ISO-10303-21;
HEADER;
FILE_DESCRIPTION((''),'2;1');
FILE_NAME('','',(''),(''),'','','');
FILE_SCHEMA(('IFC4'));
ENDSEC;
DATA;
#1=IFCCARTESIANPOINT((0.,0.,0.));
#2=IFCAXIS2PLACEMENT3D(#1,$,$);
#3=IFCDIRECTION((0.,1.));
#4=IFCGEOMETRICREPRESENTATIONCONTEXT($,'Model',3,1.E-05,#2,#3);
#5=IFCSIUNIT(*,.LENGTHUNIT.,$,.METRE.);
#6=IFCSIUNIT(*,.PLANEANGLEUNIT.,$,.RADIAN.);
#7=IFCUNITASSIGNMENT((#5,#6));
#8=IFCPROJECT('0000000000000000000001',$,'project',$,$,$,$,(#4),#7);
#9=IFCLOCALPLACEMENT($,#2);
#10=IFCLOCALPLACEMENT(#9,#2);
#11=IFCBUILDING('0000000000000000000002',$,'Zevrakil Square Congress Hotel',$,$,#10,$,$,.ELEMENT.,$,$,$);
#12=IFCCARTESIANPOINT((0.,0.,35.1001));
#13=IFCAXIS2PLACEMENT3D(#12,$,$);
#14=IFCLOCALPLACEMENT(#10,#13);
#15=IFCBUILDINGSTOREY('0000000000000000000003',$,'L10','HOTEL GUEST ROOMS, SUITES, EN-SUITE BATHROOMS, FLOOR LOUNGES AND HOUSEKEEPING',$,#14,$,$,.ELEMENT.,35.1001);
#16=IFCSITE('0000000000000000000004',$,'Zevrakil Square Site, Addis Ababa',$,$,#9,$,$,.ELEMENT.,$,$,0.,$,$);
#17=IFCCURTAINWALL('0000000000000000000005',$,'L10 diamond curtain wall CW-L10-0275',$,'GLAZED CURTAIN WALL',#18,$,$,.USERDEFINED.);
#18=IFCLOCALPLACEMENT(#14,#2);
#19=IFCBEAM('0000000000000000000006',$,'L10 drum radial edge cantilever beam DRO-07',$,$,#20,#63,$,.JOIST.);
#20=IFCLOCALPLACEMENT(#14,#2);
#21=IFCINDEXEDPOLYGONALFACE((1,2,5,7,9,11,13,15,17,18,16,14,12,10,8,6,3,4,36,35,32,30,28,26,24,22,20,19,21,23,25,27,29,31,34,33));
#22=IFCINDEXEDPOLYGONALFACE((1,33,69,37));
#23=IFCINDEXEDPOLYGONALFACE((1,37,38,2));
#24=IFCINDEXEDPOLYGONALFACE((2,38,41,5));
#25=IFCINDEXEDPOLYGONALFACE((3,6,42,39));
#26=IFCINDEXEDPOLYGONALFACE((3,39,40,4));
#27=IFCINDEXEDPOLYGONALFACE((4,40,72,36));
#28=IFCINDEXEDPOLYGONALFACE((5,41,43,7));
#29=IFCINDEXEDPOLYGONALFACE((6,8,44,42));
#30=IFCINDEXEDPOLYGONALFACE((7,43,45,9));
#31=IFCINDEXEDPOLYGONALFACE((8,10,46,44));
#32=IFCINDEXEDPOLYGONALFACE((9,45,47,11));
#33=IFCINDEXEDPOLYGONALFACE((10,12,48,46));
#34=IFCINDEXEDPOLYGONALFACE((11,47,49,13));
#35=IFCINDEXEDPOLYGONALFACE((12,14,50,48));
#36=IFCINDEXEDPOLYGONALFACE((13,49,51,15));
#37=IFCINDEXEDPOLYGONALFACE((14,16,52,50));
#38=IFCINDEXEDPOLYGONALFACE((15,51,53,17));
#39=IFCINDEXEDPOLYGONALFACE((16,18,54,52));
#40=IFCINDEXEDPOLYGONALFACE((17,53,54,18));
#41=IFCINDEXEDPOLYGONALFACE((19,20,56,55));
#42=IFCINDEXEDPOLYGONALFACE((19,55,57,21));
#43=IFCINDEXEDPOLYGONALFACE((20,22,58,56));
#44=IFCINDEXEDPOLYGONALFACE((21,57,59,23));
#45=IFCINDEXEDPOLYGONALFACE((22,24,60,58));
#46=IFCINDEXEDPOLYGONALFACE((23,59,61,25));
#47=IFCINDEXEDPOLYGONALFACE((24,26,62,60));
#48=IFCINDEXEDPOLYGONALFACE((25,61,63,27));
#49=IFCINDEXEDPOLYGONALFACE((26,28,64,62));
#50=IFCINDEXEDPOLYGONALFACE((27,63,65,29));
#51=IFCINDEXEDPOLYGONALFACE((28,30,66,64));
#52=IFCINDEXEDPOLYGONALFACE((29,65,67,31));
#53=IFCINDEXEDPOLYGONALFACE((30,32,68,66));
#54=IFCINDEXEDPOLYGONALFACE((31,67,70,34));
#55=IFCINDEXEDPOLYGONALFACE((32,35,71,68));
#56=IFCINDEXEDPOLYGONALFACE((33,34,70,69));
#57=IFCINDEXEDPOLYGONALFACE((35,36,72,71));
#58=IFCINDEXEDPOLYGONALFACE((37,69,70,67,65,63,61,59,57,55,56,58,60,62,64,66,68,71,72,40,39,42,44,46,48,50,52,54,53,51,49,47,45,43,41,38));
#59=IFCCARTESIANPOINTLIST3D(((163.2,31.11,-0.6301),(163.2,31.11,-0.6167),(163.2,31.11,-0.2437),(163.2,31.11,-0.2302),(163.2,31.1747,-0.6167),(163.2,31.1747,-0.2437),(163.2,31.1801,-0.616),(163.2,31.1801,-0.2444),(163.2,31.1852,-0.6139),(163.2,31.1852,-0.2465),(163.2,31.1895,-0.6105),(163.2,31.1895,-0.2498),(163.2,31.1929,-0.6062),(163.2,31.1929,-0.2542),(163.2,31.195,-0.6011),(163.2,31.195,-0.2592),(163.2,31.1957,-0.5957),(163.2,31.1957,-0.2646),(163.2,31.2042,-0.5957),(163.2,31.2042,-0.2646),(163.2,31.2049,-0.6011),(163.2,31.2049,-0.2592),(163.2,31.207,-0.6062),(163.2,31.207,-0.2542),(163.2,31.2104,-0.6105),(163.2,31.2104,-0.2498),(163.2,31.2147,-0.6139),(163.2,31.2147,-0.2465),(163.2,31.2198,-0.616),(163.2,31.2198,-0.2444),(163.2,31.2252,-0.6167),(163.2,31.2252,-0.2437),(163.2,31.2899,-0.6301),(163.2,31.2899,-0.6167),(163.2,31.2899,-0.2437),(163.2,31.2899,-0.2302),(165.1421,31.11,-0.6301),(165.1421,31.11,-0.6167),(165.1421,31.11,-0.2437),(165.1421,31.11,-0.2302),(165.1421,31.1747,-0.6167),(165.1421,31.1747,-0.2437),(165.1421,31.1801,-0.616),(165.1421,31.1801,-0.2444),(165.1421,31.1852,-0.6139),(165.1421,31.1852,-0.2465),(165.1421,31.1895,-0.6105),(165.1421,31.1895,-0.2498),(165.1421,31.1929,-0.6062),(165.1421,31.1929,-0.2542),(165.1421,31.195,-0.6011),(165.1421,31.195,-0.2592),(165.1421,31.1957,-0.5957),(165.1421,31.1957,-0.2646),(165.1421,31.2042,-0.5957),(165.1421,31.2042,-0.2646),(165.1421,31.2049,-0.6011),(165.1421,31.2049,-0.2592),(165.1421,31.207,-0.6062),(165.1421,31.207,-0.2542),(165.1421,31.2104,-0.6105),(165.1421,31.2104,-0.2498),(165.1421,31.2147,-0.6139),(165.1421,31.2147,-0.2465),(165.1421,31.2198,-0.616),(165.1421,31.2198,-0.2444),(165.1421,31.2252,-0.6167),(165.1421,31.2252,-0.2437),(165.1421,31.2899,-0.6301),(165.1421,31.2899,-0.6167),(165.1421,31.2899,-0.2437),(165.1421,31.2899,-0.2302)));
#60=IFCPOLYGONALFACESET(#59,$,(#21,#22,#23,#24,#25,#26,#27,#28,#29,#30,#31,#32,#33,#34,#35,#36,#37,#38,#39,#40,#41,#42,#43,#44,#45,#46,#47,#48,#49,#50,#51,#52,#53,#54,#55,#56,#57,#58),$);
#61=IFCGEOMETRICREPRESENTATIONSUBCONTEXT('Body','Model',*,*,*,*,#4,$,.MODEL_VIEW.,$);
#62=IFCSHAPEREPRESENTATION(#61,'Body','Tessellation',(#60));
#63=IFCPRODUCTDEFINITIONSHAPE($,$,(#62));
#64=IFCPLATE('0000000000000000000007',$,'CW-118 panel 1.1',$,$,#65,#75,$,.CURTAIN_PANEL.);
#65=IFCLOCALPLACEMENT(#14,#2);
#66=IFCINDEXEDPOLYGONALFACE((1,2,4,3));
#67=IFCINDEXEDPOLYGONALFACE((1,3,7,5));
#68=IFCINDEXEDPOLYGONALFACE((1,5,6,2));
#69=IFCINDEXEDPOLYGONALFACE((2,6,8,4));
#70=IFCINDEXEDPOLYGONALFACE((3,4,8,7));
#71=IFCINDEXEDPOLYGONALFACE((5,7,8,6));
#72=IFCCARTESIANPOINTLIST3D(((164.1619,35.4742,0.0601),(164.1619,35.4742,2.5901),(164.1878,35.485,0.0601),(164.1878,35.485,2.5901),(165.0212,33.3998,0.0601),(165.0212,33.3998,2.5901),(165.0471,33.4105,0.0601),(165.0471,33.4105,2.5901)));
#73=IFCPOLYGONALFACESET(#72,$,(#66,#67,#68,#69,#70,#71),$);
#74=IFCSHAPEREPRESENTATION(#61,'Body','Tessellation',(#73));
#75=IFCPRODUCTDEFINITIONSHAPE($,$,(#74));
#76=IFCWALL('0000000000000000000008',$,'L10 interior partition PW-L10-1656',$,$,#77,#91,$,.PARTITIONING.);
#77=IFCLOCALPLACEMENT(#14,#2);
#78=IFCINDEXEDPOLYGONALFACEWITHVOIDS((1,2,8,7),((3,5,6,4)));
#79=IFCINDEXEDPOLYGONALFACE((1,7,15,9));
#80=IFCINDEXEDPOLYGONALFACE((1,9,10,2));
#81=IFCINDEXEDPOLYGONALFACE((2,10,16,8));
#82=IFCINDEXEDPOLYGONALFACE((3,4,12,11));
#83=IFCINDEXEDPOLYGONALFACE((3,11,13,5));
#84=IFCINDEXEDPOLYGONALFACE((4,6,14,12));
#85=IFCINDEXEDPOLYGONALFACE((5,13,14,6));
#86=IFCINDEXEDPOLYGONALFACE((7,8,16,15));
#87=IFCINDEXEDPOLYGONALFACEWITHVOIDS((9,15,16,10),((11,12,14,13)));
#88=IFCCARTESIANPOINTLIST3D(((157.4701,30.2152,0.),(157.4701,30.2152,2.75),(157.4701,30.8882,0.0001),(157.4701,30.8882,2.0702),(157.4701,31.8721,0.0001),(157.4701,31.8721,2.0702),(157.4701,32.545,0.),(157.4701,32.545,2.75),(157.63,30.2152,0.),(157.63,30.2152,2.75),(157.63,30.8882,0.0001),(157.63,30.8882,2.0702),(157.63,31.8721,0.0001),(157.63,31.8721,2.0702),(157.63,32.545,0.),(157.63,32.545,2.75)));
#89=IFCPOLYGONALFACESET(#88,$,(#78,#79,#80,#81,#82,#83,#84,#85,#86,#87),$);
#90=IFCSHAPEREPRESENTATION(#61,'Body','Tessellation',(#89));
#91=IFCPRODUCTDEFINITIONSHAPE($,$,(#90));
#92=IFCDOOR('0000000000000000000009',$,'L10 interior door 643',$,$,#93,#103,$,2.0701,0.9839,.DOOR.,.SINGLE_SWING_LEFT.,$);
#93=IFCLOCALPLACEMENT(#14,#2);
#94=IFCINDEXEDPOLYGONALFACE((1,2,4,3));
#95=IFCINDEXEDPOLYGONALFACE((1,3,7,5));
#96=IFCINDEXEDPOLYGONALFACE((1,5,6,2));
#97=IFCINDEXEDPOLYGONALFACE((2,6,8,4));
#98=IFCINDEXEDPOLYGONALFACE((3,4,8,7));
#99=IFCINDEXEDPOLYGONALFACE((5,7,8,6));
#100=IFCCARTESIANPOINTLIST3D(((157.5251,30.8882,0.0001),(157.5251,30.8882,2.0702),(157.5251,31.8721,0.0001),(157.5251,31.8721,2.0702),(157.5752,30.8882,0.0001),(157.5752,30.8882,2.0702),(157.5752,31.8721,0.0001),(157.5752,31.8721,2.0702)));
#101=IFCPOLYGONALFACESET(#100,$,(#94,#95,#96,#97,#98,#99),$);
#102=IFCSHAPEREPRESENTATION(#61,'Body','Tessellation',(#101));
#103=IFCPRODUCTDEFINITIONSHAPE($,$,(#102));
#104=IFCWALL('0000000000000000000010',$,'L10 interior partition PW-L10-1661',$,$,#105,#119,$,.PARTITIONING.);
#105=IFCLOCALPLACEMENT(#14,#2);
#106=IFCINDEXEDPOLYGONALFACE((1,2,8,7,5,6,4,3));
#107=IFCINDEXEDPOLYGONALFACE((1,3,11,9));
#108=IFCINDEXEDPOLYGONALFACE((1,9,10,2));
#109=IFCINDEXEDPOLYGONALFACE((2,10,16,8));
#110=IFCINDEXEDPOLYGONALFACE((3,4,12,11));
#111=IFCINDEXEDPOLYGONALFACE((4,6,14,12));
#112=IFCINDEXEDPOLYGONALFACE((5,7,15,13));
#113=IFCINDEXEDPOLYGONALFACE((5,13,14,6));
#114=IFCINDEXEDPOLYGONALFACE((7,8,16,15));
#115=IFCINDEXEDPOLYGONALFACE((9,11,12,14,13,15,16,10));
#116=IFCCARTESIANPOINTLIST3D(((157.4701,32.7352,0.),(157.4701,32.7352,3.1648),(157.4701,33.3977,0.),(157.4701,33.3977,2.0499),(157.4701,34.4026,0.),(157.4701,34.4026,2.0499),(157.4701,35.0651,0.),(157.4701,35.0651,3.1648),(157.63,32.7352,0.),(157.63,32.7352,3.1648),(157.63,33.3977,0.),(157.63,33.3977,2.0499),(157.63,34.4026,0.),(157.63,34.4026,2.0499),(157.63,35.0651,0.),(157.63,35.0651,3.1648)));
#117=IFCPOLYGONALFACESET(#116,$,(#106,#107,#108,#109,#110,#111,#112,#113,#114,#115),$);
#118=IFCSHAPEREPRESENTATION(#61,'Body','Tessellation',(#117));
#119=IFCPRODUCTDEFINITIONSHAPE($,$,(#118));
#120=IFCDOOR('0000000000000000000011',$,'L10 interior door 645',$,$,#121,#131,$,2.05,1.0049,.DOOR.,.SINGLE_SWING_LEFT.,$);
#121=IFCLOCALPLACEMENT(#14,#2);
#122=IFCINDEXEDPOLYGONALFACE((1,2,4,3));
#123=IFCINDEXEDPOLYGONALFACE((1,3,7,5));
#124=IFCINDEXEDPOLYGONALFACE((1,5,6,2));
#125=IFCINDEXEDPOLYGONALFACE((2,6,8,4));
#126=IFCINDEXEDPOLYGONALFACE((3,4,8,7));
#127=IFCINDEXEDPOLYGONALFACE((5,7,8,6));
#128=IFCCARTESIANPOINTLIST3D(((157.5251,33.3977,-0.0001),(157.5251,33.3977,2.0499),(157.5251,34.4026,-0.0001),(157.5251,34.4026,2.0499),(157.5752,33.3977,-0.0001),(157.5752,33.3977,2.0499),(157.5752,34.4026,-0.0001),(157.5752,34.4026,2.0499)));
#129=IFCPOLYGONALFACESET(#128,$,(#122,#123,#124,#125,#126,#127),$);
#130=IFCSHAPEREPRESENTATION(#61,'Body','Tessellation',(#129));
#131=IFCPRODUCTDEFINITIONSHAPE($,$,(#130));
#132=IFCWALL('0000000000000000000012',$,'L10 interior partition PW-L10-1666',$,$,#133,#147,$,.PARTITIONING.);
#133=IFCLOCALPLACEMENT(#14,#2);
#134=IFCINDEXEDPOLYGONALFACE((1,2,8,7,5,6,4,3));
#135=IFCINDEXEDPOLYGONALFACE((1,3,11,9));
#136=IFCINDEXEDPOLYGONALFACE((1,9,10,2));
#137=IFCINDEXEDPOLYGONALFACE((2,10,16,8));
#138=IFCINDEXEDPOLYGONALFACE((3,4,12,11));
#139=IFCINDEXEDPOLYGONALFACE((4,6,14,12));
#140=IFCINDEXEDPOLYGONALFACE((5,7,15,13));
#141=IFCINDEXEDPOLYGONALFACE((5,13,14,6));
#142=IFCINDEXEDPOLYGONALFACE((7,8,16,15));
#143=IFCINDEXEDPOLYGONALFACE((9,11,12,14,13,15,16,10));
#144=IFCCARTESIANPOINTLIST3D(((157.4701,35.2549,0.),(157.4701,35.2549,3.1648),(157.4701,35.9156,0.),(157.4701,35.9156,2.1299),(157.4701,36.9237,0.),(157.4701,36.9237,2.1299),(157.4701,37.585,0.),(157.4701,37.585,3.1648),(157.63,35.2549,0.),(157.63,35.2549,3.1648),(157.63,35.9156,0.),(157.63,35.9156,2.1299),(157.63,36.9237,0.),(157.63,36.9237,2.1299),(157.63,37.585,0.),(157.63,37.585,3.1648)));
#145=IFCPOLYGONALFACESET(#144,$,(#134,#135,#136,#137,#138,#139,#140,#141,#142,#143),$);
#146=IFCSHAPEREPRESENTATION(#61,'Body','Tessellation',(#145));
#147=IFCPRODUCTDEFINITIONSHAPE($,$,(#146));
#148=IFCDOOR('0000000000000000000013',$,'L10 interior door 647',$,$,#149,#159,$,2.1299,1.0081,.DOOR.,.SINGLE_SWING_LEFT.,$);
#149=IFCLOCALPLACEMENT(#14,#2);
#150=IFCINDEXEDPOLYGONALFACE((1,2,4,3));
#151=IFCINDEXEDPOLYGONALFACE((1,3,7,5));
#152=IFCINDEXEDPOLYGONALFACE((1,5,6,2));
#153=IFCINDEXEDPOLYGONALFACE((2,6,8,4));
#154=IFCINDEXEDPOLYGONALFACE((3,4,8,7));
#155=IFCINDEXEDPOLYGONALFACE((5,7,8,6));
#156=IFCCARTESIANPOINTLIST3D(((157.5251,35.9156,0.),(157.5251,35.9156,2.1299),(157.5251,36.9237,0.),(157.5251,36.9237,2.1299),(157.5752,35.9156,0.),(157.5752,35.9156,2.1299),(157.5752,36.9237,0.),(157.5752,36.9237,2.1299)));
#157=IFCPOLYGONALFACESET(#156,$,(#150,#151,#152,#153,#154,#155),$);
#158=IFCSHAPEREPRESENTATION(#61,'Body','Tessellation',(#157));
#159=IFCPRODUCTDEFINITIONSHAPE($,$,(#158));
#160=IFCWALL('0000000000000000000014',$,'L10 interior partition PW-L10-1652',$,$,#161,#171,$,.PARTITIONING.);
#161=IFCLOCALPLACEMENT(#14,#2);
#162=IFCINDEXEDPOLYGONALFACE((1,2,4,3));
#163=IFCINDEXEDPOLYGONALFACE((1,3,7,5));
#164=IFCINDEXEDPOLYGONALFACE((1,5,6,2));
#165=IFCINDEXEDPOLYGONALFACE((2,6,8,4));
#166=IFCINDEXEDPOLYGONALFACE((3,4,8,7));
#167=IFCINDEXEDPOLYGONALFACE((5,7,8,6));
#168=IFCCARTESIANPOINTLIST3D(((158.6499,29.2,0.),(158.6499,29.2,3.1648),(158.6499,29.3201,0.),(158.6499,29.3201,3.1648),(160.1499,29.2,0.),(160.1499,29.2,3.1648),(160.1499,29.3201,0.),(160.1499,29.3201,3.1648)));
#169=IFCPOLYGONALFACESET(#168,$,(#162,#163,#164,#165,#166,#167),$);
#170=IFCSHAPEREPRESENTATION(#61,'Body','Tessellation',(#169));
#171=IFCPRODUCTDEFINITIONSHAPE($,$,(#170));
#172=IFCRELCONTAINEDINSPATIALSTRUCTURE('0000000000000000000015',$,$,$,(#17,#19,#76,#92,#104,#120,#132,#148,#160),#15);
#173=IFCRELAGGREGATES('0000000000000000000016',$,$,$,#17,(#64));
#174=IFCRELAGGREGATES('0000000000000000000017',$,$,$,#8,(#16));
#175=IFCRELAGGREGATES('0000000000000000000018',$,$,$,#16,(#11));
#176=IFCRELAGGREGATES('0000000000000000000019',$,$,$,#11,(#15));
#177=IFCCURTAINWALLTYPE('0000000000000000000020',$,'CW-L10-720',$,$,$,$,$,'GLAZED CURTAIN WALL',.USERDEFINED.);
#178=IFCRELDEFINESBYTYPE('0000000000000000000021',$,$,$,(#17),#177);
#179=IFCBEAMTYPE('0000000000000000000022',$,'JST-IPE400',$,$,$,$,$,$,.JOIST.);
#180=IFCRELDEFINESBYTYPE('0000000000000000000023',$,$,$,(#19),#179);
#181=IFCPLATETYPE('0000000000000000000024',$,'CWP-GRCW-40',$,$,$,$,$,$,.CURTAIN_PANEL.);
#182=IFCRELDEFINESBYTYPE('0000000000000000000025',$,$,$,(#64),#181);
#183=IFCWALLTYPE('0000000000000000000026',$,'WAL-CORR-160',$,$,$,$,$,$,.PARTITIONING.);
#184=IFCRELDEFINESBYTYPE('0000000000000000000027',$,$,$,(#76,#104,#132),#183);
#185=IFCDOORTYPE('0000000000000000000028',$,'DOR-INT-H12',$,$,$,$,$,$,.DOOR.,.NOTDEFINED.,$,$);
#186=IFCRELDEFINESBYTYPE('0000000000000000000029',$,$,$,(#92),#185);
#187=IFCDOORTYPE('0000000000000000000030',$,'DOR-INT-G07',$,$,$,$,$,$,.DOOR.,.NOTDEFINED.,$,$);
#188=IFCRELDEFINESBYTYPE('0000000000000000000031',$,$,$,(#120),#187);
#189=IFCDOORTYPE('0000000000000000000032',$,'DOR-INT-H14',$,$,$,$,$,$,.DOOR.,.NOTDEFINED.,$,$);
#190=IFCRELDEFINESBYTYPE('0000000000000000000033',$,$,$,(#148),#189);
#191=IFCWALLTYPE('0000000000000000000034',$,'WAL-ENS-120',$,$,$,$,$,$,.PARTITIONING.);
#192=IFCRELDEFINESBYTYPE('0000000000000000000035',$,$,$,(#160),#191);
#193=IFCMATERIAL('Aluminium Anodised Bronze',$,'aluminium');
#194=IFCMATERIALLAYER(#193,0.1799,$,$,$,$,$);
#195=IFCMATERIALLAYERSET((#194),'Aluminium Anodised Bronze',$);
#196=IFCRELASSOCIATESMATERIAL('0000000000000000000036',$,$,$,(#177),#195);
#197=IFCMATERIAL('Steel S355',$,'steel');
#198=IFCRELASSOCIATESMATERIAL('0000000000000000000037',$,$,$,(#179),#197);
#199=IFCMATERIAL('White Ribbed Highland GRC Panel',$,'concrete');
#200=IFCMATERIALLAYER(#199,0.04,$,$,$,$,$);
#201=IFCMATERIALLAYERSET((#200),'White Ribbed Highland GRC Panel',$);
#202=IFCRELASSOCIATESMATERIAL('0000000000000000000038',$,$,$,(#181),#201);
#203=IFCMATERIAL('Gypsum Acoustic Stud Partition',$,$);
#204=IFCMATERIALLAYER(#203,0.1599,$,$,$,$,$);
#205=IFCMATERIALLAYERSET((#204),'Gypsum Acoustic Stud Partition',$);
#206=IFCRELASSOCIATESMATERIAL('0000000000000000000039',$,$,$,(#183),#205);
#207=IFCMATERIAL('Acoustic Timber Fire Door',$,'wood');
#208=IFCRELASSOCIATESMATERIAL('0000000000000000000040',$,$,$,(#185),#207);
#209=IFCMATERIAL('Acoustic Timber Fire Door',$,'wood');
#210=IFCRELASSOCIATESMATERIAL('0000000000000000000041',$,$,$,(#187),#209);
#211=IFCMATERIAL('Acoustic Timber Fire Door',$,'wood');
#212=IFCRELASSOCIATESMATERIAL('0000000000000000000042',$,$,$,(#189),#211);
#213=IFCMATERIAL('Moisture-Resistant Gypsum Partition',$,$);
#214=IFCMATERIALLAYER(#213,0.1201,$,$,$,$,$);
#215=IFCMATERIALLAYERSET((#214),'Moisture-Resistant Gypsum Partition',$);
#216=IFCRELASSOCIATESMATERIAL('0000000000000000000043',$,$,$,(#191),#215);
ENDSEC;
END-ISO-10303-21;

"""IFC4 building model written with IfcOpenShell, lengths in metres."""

from ifc_helpers import new_model, si_unit, direction, frame, frame_2d, origin, origin_2d, place, context, subcontext, project, spatial, rectangle, i_section, extrude, material, layer, layer_set, material_profile, profile_set, type_object, element, fill, aggregate, save


model = new_model("IFC4")

# Units and contexts
model_context = context("Model", 3, precision=1e-05, world=origin(), true_north=direction((0.0, 1.0)))
body_context = subcontext(model_context, "Body", "Model", "MODEL_VIEW")
ifc_project = project(units=[si_unit("LENGTHUNIT", "METRE"), si_unit("PLANEANGLEUNIT", "RADIAN")], contexts=[model_context])

# Site, building, storey
site_placement = place(None, origin())
site = spatial("IfcSite", under=ifc_project, at=site_placement, Name="Zevrakil Square Site, Addis Ababa", CompositionType="ELEMENT", RefElevation=0.0)
building_placement = place(site_placement, origin())
building = spatial("IfcBuilding", under=site, at=building_placement, Name="Zevrakil Square Congress Hotel", CompositionType="ELEMENT")
storey_placement = place(building_placement, frame((0.0, 0.0, 35.1001)))
storey = spatial("IfcBuildingStorey", under=building, at=storey_placement, Name="L10", Description="HOTEL GUEST ROOMS, SUITES, EN-SUITE BATHROOMS, FLOOR LOUNGES AND HOUSEKEEPING", CompositionType="ELEMENT", Elevation=35.1001)

# Curtain wall
ifc_material_1 = material(Name="Aluminium Anodised Bronze", Category="aluminium")
ifc_layer_1 = layer(ifc_material_1, 0.1799)
ifc_layer_set_1 = layer_set([ifc_layer_1], Name="Aluminium Anodised Bronze")
curtain_wall_type = type_object("IfcCurtainWallType", Name="CW-L10-720", ElementType="GLAZED CURTAIN WALL", PredefinedType="USERDEFINED", material=ifc_layer_set_1)
curtain_wall_placement = place(storey_placement, origin())
curtain_wall = element("IfcCurtainWall", 1, at=curtain_wall_placement, inside=storey, type_object=curtain_wall_type, Name="L10 diamond curtain wall CW-L10-0275", ObjectType="GLAZED CURTAIN WALL", PredefinedType="USERDEFINED")

# Beam
ifc_material_2 = material(Name="Steel S355", Category="steel")
ifc_material_profile_1 = material_profile(ifc_material_2, i_section(OverallWidth=0.1799, OverallDepth=0.3999, WebThickness=0.0085, FlangeThickness=0.0134, FilletRadius=0.021, at=origin_2d()), Name="IPE 400")
ifc_profile_set_1 = profile_set([ifc_material_profile_1], Name="Steel S355")
beam_type_1 = type_object("IfcBeamType", Name="JST-IPE400", PredefinedType="JOIST", material=ifc_profile_set_1)
beam_1_placement = place(storey_placement, frame((163.2, 31.2, -0.4302), z_axis=(1.0, 0.0, 0.0), x_axis=(0.0, 1.0, 0.0)))
element("IfcBeam", 2, at=beam_1_placement, inside=storey, type_object=beam_type_1, Name="L10 drum radial edge cantilever beam DRO-07", PredefinedType="JOIST", context=body_context, shape_type="SweptSolid", body=[
    extrude(i_section(OverallWidth=0.1799, OverallDepth=0.3999, WebThickness=0.0085, FlangeThickness=0.0134, FilletRadius=0.021, at=origin_2d()), origin(), (0.0, 0.0, 1.0), 1.9421),
])

# Plate
ifc_material_3 = material(Name="White Ribbed Highland GRC Panel", Category="concrete")
ifc_layer_2 = layer(ifc_material_3, 0.04)
ifc_layer_set_2 = layer_set([ifc_layer_2], Name="White Ribbed Highland GRC Panel")
plate_type = type_object("IfcPlateType", Name="CWP-GRCW-40", PredefinedType="CURTAIN_PANEL", material=ifc_layer_set_2)
plate_placement = place(storey_placement, frame((164.6045, 34.4424, 0.0601), z_axis=(0.0, 0.0, 1.0), x_axis=(-0.382684, 0.923879, 0.0)))
plate = element("IfcPlate", 3, at=plate_placement, type_object=plate_type, Name="CW-118 panel 1.1", PredefinedType="CURTAIN_PANEL", context=body_context, shape_type="SweptSolid", body=[
    extrude(rectangle(XDim=2.2454, YDim=0.0281, at=origin_2d()), origin(), (0.0, 0.0, 1.0), 2.53),
])
aggregate(curtain_wall, [plate])

# Walls, openings, doors
ifc_material_4 = material(Name="Gypsum Acoustic Stud Partition")
ifc_layer_3 = layer(ifc_material_4, 0.1599)
ifc_layer_set_3 = layer_set([ifc_layer_3], Name="Gypsum Acoustic Stud Partition")
wall_type_1 = type_object("IfcWallType", Name="WAL-CORR-160", PredefinedType="PARTITIONING", material=ifc_layer_set_3)
wall_1_placement = place(storey_placement, frame((157.55, 30.2151, 0.0), z_axis=(0.0, 0.0, 1.0), x_axis=(0.0, 1.0, 0.0)))
wall_1 = element("IfcWall", 4, at=wall_1_placement, inside=storey, type_object=wall_type_1, Name="L10 interior partition PW-L10-1656", PredefinedType="PARTITIONING", context=body_context, shape_type="SweptSolid", body=[
    extrude(rectangle(XDim=2.3298, YDim=0.1599, at=frame_2d((1.165, 0.0))), origin(), (0.0, 0.0, 1.0), 2.75),
])
opening_1_placement = place(wall_1_placement, frame((0.6731, 0.0, 0.0)))
opening_1 = element("IfcOpeningElement", 5, at=opening_1_placement, cuts=wall_1, PredefinedType="OPENING", context=body_context, shape_type="SweptSolid", body=[
    extrude(rectangle(XDim=0.9839, YDim=2.0701, at=frame_2d((0.4919, 1.0352))), frame((0.0, 0.0898, 0.0), z_axis=(0.0, -1.0, 0.0), x_axis=(1.0, 0.0, 0.0)), (0.0, 0.0, 1.0), 0.1799),
])
ifc_material_5 = material(Name="Acoustic Timber Fire Door", Category="wood")
door_type_1 = type_object("IfcDoorType", Name="DOR-INT-H12", OperationType="NOTDEFINED", PredefinedType="DOOR", material=ifc_material_5)
door_1_placement = place(opening_1_placement, origin())
door_1 = element("IfcDoor", 6, at=door_1_placement, inside=storey, type_object=door_type_1, Name="L10 interior door 643", OperationType="SINGLE_SWING_LEFT", OverallHeight=2.0701, OverallWidth=0.9839, PredefinedType="DOOR", context=body_context, shape_type="SweptSolid", body=[
    extrude(rectangle(XDim=0.9839, YDim=2.0701, at=frame_2d((0.4919, 1.0352))), frame((0.0, 0.0249, 0.0), z_axis=(0.0, -1.0, 0.0), x_axis=(1.0, 0.0, 0.0)), (0.0, 0.0, 1.0), 0.05),
])
fill(opening_1, door_1)
wall_2_placement = place(storey_placement, frame((157.55, 32.7351, 0.0), z_axis=(0.0, 0.0, 1.0), x_axis=(0.0, 1.0, 0.0)))
wall_2 = element("IfcWall", 7, at=wall_2_placement, inside=storey, type_object=wall_type_1, Name="L10 interior partition PW-L10-1661", PredefinedType="PARTITIONING", context=body_context, shape_type="SweptSolid", body=[
    extrude(rectangle(XDim=2.3298, YDim=0.1599, at=frame_2d((1.165, 0.0))), origin(), (0.0, 0.0, 1.0), 3.1648),
])
opening_2_placement = place(wall_2_placement, frame((0.6626, 0.0, 0.0)))
opening_2 = element("IfcOpeningElement", 8, at=opening_2_placement, cuts=wall_2, PredefinedType="OPENING", context=body_context, shape_type="SweptSolid", body=[
    extrude(rectangle(XDim=1.0049, YDim=2.05, at=frame_2d((0.5024, 1.0249))), frame((0.0, 0.0898, 0.0), z_axis=(0.0, -1.0, 0.0), x_axis=(1.0, 0.0, 0.0)), (0.0, 0.0, 1.0), 0.1799),
])
ifc_material_6 = material(Name="Acoustic Timber Fire Door", Category="wood")
door_type_2 = type_object("IfcDoorType", Name="DOR-INT-G07", OperationType="NOTDEFINED", PredefinedType="DOOR", material=ifc_material_6)
door_2_placement = place(opening_2_placement, origin())
door_2 = element("IfcDoor", 9, at=door_2_placement, inside=storey, type_object=door_type_2, Name="L10 interior door 645", OperationType="SINGLE_SWING_LEFT", OverallHeight=2.05, OverallWidth=1.0049, PredefinedType="DOOR", context=body_context, shape_type="SweptSolid", body=[
    extrude(rectangle(XDim=1.0049, YDim=2.05, at=frame_2d((0.5024, 1.0249))), frame((0.0, 0.0249, 0.0), z_axis=(0.0, -1.0, 0.0), x_axis=(1.0, 0.0, 0.0)), (0.0, 0.0, 1.0), 0.05),
])
fill(opening_2, door_2)
wall_3_placement = place(storey_placement, frame((157.55, 35.2549, 0.0), z_axis=(0.0, 0.0, 1.0), x_axis=(0.0, 1.0, 0.0)))
wall_3 = element("IfcWall", 10, at=wall_3_placement, inside=storey, type_object=wall_type_1, Name="L10 interior partition PW-L10-1666", PredefinedType="PARTITIONING", context=body_context, shape_type="SweptSolid", body=[
    extrude(rectangle(XDim=2.3301, YDim=0.1599, at=frame_2d((1.165, 0.0))), origin(), (0.0, 0.0, 1.0), 3.1648),
])
opening_3_placement = place(wall_3_placement, frame((0.6609, 0.0, 0.0)))
opening_3 = element("IfcOpeningElement", 11, at=opening_3_placement, cuts=wall_3, PredefinedType="OPENING", context=body_context, shape_type="SweptSolid", body=[
    extrude(rectangle(XDim=1.0081, YDim=2.1299, at=frame_2d((0.5039, 1.0649))), frame((0.0, 0.0898, 0.0), z_axis=(0.0, -1.0, 0.0), x_axis=(1.0, 0.0, 0.0)), (0.0, 0.0, 1.0), 0.1799),
])
ifc_material_7 = material(Name="Acoustic Timber Fire Door", Category="wood")
door_type_3 = type_object("IfcDoorType", Name="DOR-INT-H14", OperationType="NOTDEFINED", PredefinedType="DOOR", material=ifc_material_7)
door_3_placement = place(opening_3_placement, origin())
door_3 = element("IfcDoor", 12, at=door_3_placement, inside=storey, type_object=door_type_3, Name="L10 interior door 647", OperationType="SINGLE_SWING_LEFT", OverallHeight=2.1299, OverallWidth=1.0081, PredefinedType="DOOR", context=body_context, shape_type="SweptSolid", body=[
    extrude(rectangle(XDim=1.0081, YDim=2.1299, at=frame_2d((0.5039, 1.0649))), frame((0.0, 0.0249, 0.0), z_axis=(0.0, -1.0, 0.0), x_axis=(1.0, 0.0, 0.0)), (0.0, 0.0, 1.0), 0.05),
])
fill(opening_3, door_3)

# Wall
ifc_material_8 = material(Name="Moisture-Resistant Gypsum Partition")
ifc_layer_4 = layer(ifc_material_8, 0.1201)
ifc_layer_set_4 = layer_set([ifc_layer_4], Name="Moisture-Resistant Gypsum Partition")
wall_type_2 = type_object("IfcWallType", Name="WAL-ENS-120", PredefinedType="PARTITIONING", material=ifc_layer_set_4)
for number, where, z_axis, x_axis, name in (
    (13, (158.6499, 29.26, 0.0), (0.0, 0.0, 1.0), (1.0, 0.0, 0.0), "L10 interior partition PW-L10-1652"),
):
    element("IfcWall", number, at=place(storey_placement, frame(where, z_axis=z_axis, x_axis=x_axis)), inside=storey, type_object=wall_type_2, Name=name, PredefinedType="PARTITIONING", context=body_context, shape_type="SweptSolid", body=[
        extrude(rectangle(XDim=1.5, YDim=0.1201, at=frame_2d((0.75, 0.0))), origin(), (0.0, 0.0, 1.0), 3.1648),
    ])

save(model, "model.ifc")
